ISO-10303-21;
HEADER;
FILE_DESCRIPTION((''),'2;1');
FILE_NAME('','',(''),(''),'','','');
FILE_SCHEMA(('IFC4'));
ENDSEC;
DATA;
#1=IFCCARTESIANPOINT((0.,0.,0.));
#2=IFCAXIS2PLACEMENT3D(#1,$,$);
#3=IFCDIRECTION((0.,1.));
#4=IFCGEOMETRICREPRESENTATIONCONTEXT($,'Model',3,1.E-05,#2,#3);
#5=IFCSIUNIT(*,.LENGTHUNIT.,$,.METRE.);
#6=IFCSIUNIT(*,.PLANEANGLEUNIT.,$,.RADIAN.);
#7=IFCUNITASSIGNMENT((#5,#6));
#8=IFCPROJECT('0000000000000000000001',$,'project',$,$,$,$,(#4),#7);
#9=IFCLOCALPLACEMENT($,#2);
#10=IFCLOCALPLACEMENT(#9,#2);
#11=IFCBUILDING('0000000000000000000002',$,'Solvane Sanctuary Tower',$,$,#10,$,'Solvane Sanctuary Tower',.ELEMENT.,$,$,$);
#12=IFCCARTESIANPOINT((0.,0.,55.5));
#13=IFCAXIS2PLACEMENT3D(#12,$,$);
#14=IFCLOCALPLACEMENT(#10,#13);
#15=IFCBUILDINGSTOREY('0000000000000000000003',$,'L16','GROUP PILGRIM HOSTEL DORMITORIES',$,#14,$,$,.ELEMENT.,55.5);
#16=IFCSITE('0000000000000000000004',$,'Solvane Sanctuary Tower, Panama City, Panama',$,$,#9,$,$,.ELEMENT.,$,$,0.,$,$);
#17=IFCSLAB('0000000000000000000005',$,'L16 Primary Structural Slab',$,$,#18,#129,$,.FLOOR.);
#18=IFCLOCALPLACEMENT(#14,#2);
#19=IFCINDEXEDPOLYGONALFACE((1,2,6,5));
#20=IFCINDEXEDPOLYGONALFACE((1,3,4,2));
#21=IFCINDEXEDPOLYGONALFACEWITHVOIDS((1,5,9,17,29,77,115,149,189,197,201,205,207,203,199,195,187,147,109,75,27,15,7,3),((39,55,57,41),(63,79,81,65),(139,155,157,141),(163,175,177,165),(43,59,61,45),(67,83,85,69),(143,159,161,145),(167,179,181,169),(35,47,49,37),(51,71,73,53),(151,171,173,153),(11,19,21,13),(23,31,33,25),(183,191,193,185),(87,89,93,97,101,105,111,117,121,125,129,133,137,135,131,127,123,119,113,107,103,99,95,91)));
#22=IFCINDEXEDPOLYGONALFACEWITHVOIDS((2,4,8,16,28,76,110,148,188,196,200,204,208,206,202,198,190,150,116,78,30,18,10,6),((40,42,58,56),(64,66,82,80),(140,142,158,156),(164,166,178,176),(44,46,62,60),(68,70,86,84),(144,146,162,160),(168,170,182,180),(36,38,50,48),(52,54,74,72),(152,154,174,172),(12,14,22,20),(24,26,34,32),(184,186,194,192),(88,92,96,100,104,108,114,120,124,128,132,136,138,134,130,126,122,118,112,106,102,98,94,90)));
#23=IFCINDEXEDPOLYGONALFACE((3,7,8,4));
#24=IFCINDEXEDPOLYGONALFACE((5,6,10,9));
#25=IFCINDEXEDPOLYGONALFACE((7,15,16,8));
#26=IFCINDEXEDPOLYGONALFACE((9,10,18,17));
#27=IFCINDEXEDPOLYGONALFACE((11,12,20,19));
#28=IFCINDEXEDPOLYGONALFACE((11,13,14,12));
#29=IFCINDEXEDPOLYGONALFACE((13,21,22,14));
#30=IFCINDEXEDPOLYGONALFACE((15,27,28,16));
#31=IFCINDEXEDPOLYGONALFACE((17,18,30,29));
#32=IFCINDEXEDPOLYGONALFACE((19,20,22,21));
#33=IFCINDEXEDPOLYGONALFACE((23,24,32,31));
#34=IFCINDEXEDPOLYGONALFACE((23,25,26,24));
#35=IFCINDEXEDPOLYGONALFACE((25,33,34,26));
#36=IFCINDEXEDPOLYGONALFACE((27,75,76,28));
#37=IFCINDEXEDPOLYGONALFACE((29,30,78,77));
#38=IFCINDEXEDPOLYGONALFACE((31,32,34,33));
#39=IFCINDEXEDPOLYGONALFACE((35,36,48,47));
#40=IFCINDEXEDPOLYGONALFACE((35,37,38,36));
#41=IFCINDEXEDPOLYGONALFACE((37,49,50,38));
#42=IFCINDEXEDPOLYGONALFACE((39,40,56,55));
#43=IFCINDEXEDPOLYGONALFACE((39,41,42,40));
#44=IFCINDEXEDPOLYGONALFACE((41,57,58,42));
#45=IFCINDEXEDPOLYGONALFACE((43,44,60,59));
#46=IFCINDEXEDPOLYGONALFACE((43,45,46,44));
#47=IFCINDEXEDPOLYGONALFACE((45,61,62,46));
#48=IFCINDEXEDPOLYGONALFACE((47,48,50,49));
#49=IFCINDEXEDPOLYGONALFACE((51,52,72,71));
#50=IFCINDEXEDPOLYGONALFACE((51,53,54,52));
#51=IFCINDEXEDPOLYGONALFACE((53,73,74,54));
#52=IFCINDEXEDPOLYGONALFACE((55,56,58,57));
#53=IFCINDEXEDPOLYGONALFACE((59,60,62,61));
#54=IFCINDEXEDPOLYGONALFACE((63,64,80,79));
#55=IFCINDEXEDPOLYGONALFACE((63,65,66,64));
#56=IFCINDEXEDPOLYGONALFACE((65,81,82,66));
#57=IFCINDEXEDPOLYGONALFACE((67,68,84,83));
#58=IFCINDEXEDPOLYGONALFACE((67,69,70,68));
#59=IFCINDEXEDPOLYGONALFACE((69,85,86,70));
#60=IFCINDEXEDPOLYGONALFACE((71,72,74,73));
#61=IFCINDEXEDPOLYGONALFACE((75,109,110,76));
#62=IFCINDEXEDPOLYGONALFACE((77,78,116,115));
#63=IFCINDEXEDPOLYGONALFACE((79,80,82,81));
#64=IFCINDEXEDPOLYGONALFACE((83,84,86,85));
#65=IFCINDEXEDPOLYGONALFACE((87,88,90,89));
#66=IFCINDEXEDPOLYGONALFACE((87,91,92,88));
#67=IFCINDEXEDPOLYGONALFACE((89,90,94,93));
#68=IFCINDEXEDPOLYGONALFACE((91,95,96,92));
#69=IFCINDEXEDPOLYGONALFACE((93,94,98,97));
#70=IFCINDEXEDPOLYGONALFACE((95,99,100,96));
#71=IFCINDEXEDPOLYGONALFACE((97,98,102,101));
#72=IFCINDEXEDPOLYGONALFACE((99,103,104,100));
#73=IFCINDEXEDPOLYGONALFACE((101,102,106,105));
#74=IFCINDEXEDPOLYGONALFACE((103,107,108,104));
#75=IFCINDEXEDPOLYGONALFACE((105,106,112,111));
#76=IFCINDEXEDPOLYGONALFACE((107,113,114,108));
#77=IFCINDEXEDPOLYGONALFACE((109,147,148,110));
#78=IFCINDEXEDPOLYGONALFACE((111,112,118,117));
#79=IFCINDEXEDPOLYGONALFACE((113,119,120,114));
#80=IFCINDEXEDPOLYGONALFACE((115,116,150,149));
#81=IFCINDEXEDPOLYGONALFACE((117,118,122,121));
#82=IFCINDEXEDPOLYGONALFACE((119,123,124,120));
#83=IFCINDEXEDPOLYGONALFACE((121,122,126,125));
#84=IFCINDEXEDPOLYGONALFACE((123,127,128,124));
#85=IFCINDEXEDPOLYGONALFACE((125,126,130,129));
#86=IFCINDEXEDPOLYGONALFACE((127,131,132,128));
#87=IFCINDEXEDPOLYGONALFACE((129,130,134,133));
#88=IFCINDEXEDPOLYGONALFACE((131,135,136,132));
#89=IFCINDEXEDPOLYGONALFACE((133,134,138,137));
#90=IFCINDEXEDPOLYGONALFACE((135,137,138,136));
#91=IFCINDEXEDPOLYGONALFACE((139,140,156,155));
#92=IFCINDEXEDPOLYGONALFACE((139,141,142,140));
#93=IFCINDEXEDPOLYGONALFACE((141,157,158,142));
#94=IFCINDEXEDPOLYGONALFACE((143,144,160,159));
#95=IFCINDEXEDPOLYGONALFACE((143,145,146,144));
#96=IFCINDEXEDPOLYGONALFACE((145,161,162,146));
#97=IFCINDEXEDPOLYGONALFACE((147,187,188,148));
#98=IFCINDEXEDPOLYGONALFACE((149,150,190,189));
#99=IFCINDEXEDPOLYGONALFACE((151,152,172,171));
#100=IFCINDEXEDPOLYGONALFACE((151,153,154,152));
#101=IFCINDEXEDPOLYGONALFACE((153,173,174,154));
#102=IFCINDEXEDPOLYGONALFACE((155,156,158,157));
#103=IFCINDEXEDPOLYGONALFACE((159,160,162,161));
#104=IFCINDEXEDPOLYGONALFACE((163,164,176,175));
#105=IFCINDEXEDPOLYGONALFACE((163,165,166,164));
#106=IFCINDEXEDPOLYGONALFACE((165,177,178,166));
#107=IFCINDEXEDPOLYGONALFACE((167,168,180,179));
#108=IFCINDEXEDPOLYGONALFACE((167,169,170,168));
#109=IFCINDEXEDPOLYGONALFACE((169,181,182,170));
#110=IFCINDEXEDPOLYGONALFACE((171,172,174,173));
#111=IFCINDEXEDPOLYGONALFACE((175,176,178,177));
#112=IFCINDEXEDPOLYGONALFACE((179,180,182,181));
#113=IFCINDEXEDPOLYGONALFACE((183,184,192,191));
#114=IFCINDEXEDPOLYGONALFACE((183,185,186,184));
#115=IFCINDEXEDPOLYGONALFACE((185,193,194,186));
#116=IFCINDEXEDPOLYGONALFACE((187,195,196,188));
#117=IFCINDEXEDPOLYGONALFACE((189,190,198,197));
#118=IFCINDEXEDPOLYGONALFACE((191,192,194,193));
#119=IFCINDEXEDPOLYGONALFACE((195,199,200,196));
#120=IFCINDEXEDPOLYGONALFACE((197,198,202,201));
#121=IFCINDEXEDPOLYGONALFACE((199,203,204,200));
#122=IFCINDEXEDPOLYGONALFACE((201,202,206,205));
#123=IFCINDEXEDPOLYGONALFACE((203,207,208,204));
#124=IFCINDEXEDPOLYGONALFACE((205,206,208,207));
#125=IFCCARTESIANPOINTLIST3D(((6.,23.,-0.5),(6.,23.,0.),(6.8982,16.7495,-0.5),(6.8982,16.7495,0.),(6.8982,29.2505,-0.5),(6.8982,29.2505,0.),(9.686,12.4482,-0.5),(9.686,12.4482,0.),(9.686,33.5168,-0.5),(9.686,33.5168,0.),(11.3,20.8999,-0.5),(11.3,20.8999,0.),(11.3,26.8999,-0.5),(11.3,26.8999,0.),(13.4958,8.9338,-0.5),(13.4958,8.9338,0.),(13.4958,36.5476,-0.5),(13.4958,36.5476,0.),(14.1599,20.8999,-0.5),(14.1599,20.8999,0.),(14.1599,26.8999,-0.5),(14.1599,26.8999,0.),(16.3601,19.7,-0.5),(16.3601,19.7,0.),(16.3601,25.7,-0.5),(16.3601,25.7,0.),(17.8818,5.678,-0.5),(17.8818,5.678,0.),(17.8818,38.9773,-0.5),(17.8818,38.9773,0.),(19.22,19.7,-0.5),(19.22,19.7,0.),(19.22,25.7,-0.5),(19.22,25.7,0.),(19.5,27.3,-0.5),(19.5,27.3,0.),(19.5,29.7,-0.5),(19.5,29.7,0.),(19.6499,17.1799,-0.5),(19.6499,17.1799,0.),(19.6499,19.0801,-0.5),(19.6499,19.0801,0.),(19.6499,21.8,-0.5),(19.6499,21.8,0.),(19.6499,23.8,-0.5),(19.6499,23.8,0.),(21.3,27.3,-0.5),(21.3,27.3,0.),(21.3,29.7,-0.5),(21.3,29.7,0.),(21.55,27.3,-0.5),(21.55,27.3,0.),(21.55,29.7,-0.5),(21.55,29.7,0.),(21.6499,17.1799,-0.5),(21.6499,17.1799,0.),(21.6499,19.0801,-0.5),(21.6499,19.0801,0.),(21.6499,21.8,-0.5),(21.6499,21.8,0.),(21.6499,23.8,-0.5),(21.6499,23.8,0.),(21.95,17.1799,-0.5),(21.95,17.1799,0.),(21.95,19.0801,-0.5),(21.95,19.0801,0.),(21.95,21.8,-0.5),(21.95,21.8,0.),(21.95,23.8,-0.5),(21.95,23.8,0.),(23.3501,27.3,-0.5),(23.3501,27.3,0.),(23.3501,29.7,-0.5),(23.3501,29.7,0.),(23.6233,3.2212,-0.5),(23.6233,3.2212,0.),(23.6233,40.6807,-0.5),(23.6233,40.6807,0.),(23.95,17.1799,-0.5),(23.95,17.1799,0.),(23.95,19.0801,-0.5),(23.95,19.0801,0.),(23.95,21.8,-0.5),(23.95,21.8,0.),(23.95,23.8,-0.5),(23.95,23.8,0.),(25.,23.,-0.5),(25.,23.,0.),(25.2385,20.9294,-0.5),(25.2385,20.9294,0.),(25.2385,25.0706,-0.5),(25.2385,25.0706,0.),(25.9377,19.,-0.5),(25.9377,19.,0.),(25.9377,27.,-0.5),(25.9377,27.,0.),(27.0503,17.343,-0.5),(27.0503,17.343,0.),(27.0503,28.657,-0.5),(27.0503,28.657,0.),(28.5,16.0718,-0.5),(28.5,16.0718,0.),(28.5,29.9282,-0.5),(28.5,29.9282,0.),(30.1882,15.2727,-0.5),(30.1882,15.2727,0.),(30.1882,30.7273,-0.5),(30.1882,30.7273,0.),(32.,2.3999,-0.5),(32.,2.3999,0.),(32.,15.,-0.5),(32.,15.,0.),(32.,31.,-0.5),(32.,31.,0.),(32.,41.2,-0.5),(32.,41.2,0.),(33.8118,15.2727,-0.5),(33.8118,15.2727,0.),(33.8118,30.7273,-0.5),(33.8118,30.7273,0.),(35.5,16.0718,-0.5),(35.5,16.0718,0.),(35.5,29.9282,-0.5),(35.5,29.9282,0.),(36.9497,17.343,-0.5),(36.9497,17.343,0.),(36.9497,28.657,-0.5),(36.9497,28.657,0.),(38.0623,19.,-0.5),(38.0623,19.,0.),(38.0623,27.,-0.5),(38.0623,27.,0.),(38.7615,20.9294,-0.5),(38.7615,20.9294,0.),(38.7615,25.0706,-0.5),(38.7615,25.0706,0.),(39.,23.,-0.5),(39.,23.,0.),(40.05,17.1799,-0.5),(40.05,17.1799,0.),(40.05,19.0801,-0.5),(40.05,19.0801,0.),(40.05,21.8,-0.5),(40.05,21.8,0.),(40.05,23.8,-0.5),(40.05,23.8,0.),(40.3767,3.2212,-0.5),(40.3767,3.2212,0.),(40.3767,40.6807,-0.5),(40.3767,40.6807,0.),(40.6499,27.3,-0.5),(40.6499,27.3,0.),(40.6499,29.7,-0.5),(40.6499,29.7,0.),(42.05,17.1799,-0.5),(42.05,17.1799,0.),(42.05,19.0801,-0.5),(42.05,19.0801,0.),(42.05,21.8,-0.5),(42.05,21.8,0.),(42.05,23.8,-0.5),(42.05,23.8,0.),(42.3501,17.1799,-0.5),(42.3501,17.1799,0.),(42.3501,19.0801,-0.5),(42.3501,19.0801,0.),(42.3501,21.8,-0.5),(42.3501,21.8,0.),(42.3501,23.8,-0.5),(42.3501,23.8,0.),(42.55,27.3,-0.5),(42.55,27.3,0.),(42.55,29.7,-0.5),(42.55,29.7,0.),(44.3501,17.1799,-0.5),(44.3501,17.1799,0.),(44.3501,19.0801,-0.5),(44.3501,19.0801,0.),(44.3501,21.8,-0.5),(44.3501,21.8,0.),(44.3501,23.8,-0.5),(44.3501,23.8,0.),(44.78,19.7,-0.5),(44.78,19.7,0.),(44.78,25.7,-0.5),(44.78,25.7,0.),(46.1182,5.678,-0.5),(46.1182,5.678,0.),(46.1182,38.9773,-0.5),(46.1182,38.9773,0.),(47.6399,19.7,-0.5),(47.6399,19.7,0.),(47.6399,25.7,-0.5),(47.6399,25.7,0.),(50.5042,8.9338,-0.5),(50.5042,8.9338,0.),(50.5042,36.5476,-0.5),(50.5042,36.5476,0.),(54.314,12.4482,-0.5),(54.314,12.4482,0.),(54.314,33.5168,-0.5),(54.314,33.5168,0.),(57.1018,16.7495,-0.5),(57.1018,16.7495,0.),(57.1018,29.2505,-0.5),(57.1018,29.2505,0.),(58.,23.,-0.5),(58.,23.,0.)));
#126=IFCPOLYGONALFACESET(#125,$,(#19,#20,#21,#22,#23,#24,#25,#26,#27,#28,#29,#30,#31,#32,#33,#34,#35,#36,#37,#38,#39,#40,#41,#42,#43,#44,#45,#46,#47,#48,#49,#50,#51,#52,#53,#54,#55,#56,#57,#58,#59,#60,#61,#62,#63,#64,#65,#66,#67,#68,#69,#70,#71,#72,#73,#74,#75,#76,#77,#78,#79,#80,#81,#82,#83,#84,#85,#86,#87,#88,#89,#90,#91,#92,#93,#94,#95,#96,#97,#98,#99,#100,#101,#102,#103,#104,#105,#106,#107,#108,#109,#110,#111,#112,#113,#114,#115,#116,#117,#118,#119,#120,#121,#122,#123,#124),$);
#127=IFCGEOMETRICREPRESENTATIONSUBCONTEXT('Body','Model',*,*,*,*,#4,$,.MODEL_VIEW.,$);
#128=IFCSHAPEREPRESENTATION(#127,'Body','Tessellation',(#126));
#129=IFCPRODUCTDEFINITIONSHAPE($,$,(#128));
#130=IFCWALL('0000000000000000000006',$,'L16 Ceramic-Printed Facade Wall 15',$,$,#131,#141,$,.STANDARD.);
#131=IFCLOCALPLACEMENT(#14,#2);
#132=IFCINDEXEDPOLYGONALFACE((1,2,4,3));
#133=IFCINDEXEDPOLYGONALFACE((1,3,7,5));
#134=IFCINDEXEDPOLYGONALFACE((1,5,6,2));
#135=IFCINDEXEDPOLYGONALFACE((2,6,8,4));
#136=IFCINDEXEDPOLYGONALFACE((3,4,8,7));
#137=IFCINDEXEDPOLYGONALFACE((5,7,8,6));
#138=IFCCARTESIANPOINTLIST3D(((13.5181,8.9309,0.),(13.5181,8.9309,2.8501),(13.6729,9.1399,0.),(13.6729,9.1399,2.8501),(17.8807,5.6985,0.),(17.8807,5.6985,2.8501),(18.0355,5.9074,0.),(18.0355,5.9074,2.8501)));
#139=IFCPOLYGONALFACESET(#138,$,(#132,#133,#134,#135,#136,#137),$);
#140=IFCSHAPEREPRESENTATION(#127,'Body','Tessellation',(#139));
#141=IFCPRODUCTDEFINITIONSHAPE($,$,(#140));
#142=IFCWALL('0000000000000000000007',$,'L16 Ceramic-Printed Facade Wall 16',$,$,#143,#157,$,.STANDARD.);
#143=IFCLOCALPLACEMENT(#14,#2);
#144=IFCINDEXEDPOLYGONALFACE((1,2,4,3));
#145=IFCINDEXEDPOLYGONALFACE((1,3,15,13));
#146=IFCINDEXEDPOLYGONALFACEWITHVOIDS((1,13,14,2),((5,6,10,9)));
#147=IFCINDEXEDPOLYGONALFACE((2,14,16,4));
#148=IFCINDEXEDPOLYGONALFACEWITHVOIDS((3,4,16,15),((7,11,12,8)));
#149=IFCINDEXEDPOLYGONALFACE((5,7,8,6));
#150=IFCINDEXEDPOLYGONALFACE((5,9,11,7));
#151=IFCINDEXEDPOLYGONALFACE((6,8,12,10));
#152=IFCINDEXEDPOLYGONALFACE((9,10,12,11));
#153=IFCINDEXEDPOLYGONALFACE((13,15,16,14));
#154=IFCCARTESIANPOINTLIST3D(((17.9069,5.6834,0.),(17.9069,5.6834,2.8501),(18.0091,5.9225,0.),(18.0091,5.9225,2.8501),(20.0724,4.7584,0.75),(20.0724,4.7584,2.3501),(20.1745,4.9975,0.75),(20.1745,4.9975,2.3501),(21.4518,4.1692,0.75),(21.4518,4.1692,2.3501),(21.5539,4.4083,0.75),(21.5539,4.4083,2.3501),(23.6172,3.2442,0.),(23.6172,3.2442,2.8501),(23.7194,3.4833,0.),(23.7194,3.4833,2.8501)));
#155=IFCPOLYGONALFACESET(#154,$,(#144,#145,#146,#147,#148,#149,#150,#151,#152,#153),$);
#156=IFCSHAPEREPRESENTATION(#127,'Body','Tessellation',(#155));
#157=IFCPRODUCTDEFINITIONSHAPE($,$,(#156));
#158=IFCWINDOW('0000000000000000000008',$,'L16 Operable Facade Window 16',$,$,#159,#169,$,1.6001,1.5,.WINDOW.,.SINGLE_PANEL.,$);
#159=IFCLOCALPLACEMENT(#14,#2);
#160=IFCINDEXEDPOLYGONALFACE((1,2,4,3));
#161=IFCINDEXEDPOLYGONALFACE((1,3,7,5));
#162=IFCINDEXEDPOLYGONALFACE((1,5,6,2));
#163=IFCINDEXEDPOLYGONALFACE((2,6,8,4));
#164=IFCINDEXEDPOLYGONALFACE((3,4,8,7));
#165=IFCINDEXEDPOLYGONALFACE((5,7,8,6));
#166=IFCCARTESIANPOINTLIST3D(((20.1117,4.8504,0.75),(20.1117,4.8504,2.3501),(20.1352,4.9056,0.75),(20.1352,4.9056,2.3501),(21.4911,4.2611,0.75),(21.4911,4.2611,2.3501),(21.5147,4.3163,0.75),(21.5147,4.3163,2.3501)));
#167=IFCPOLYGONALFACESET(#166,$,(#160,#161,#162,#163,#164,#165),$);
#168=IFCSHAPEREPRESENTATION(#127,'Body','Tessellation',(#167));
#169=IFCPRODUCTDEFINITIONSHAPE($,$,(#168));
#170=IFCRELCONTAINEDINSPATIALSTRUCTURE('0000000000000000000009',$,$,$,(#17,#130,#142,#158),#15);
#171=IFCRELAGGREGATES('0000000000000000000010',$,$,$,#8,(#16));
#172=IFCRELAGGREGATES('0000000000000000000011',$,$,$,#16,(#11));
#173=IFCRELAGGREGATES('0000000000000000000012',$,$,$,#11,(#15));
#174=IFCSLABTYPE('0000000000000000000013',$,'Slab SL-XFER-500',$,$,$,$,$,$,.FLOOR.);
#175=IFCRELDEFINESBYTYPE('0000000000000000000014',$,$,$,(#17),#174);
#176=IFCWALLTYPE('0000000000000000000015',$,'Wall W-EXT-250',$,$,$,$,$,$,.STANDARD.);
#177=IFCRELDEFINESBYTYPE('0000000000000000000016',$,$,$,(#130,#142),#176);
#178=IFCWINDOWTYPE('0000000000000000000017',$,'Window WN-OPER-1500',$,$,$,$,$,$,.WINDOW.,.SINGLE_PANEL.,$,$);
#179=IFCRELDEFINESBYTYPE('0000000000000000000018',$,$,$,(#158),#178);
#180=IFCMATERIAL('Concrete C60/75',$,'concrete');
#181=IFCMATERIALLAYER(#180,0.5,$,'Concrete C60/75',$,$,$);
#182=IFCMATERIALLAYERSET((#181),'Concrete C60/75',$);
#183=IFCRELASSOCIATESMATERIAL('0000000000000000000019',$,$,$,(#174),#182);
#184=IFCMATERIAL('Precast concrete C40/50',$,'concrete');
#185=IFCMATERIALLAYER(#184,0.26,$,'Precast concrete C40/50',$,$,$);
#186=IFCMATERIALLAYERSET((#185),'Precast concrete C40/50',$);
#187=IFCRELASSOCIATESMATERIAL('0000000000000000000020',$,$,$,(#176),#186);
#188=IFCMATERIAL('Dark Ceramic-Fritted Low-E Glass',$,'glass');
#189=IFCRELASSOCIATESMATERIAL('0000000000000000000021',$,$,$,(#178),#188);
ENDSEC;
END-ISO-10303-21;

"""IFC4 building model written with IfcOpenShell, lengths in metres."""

from ifc_helpers import new_model, si_unit, direction, frame, frame_2d, origin, place, context, subcontext, project, spatial, polyline, rectangle, outline, extrude, material, layer, layer_set, type_object, element, fill, save


model = new_model("IFC4")

# Units and contexts
model_context = context("Model", 3, precision=1e-05, world=origin(), true_north=direction((0.0, 1.0)))
body_context = subcontext(model_context, "Body", "Model", "MODEL_VIEW")
ifc_project = project(units=[si_unit("LENGTHUNIT", "METRE"), si_unit("PLANEANGLEUNIT", "RADIAN")], contexts=[model_context])

# Site, building, storey
site_placement = place(None, origin())
site = spatial("IfcSite", under=ifc_project, at=site_placement, Name="Solvane Sanctuary Tower, Panama City, Panama", CompositionType="ELEMENT", RefElevation=0.0)
building_placement = place(site_placement, origin())
building = spatial("IfcBuilding", under=site, at=building_placement, Name="Solvane Sanctuary Tower", LongName="Solvane Sanctuary Tower", CompositionType="ELEMENT")
storey_placement = place(building_placement, frame((0.0, 0.0, 55.5)))
storey = spatial("IfcBuildingStorey", under=building, at=storey_placement, Name="L16", Description="GROUP PILGRIM HOSTEL DORMITORIES", CompositionType="ELEMENT", Elevation=55.5)

# Slab
ifc_material_1 = material(Name="Concrete C60/75", Category="concrete")
ifc_layer_1 = layer(ifc_material_1, 0.5, Name="Concrete C60/75")
ifc_layer_set_1 = layer_set([ifc_layer_1], Name="Concrete C60/75")
slab_type_1 = type_object("IfcSlabType", Name="Slab SL-XFER-500", PredefinedType="FLOOR", material=ifc_layer_set_1)
slab_1_placement = place(storey_placement, frame((0.0, 0.0, -0.5)))
element("IfcSlab", 1, at=slab_1_placement, inside=storey, type_object=slab_type_1, Name="L16 Primary Structural Slab", PredefinedType="FLOOR", context=body_context, shape_type="SweptSolid", body=[
    extrude(outline(polyline([(58.0, 23.0), (57.1018, 29.2505), (54.314, 33.5168), (50.5042, 36.5476), (46.1182, 38.9773), (40.3767, 40.6807), (32.0, 41.2), (23.6233, 40.6807), (17.8818, 38.9773), (13.4958, 36.5476), (9.686, 33.5168), (6.8982, 29.2505), (6.0, 23.0), (6.8982, 16.7495), (9.686, 12.4482), (13.4958, 8.9338), (17.8818, 5.678), (23.6233, 3.2212), (32.0, 2.3999), (40.3767, 3.2212), (46.1182, 5.678), (50.5042, 8.9338), (54.314, 12.4482), (57.1018, 16.7495), (58.0, 23.0)]), holes=[polyline([(38.7615, 20.9294), (38.0623, 19.0), (36.9497, 17.343), (35.5, 16.0718), (33.8118, 15.2727), (32.0, 15.0), (30.1882, 15.2727), (28.5, 16.0718), (27.0503, 17.343), (25.9377, 19.0), (25.2385, 20.9294), (25.0, 23.0), (25.2385, 25.0706), (25.9377, 27.0), (27.0503, 28.657), (28.5, 29.9282), (30.1882, 30.7273), (32.0, 31.0), (33.8118, 30.7273), (35.5, 29.9282), (36.9497, 28.657), (38.0623, 27.0), (38.7615, 25.0706), (39.0, 23.0), (38.7615, 20.9294)]), polyline([(16.3601, 19.7), (16.3601, 25.7), (19.22, 25.7), (19.22, 19.7), (16.3601, 19.7)]), polyline([(44.78, 19.7), (44.78, 25.7), (47.6399, 25.7), (47.6399, 19.7), (44.78, 19.7)]), polyline([(11.3, 20.8999), (11.3, 26.8999), (14.1599, 26.8999), (14.1599, 20.8999), (11.3, 20.8999)]), polyline([(19.6499, 19.0801), (21.6499, 19.0801), (21.6499, 17.1799), (19.6499, 17.1799), (19.6499, 19.0801)]), polyline([(21.95, 19.0801), (23.95, 19.0801), (23.95, 17.1799), (21.95, 17.1799), (21.95, 19.0801)]), polyline([(40.05, 19.0801), (42.05, 19.0801), (42.05, 17.1799), (40.05, 17.1799), (40.05, 19.0801)]), polyline([(42.3501, 19.0801), (44.3501, 19.0801), (44.3501, 17.1799), (42.3501, 17.1799), (42.3501, 19.0801)]), polyline([(19.6499, 23.8), (21.6499, 23.8), (21.6499, 21.8), (19.6499, 21.8), (19.6499, 23.8)]), polyline([(42.3501, 23.8), (44.3501, 23.8), (44.3501, 21.8), (42.3501, 21.8), (42.3501, 23.8)]), polyline([(21.95, 23.8), (23.95, 23.8), (23.95, 21.8), (21.95, 21.8), (21.95, 23.8)]), polyline([(40.05, 23.8), (42.05, 23.8), (42.05, 21.8), (40.05, 21.8), (40.05, 23.8)]), polyline([(19.5, 29.7), (21.3, 29.7), (21.3, 27.3), (19.5, 27.3), (19.5, 29.7)]), polyline([(21.55, 29.7), (23.3501, 29.7), (23.3501, 27.3), (21.55, 27.3), (21.55, 29.7)]), polyline([(40.6499, 29.7), (42.55, 29.7), (42.55, 27.3), (40.6499, 27.3), (40.6499, 29.7)])]), origin(), (0.0, 0.0, 1.0), 0.5),
])

# Wall
ifc_material_2 = material(Name="Precast concrete C40/50", Category="concrete")
ifc_layer_2 = layer(ifc_material_2, 0.26, Name="Precast concrete C40/50")
ifc_layer_set_2 = layer_set([ifc_layer_2], Name="Precast concrete C40/50")
wall_type = type_object("IfcWallType", Name="Wall W-EXT-250", PredefinedType="STANDARD", material=ifc_layer_set_2)
wall_1_placement = place(storey_placement, frame((13.5955, 9.0354, 0.0), z_axis=(0.0, 0.0, 1.0), x_axis=(0.803478, -0.595335, 0.0)))
element("IfcWall", 2, at=wall_1_placement, inside=storey, type_object=wall_type, Name="L16 Ceramic-Printed Facade Wall 15", PredefinedType="STANDARD", context=body_context, shape_type="SweptSolid", body=[
    extrude(rectangle(XDim=5.4297, YDim=0.26, at=frame_2d((2.7148, 0.0))), origin(), (0.0, 0.0, 1.0), 2.8501),
])

# Wall, opening, window
wall_2_placement = place(storey_placement, frame((17.958, 5.803, 0.0), z_axis=(0.0, 0.0, 1.0), x_axis=(0.919612, -0.392828, 0.0)))
wall_2 = element("IfcWall", 3, at=wall_2_placement, inside=storey, type_object=wall_type, Name="L16 Ceramic-Printed Facade Wall 16", PredefinedType="STANDARD", context=body_context, shape_type="SweptSolid", body=[
    extrude(rectangle(XDim=6.2095, YDim=0.26, at=frame_2d((3.1047, 0.0))), origin(), (0.0, 0.0, 1.0), 2.8501),
])
opening_placement = place(wall_2_placement, frame((2.3547, 0.0, 0.75)))
opening = element("IfcOpeningElement", 4, at=opening_placement, cuts=wall_2, PredefinedType="OPENING", context=body_context, shape_type="SweptSolid", body=[
    extrude(rectangle(XDim=1.5, YDim=1.6001, at=frame_2d((0.75, 0.8))), frame((0.0, 0.1399, 0.0), z_axis=(0.0, -1.0, 0.0), x_axis=(1.0, 0.0, 0.0)), (0.0, 0.0, 1.0), 0.28),
])
ifc_material_3 = material(Name="Dark Ceramic-Fritted Low-E Glass", Category="glass")
window_type = type_object("IfcWindowType", Name="Window WN-OPER-1500", PartitioningType="SINGLE_PANEL", PredefinedType="WINDOW", material=ifc_material_3)
window_placement = place(opening_placement, origin())
window = element("IfcWindow", 5, at=window_placement, inside=storey, type_object=window_type, Name="L16 Operable Facade Window 16", OverallHeight=1.6001, OverallWidth=1.5, PartitioningType="SINGLE_PANEL", PredefinedType="WINDOW", context=body_context, shape_type="SweptSolid", body=[
    extrude(rectangle(XDim=1.5, YDim=1.6001, at=frame_2d((0.75, 0.8))), frame((0.0, 0.03, 0.0), z_axis=(0.0, -1.0, 0.0), x_axis=(1.0, 0.0, 0.0)), (0.0, 0.0, 1.0), 0.0601),
])
fill(opening, window)

save(model, "model.ifc")
